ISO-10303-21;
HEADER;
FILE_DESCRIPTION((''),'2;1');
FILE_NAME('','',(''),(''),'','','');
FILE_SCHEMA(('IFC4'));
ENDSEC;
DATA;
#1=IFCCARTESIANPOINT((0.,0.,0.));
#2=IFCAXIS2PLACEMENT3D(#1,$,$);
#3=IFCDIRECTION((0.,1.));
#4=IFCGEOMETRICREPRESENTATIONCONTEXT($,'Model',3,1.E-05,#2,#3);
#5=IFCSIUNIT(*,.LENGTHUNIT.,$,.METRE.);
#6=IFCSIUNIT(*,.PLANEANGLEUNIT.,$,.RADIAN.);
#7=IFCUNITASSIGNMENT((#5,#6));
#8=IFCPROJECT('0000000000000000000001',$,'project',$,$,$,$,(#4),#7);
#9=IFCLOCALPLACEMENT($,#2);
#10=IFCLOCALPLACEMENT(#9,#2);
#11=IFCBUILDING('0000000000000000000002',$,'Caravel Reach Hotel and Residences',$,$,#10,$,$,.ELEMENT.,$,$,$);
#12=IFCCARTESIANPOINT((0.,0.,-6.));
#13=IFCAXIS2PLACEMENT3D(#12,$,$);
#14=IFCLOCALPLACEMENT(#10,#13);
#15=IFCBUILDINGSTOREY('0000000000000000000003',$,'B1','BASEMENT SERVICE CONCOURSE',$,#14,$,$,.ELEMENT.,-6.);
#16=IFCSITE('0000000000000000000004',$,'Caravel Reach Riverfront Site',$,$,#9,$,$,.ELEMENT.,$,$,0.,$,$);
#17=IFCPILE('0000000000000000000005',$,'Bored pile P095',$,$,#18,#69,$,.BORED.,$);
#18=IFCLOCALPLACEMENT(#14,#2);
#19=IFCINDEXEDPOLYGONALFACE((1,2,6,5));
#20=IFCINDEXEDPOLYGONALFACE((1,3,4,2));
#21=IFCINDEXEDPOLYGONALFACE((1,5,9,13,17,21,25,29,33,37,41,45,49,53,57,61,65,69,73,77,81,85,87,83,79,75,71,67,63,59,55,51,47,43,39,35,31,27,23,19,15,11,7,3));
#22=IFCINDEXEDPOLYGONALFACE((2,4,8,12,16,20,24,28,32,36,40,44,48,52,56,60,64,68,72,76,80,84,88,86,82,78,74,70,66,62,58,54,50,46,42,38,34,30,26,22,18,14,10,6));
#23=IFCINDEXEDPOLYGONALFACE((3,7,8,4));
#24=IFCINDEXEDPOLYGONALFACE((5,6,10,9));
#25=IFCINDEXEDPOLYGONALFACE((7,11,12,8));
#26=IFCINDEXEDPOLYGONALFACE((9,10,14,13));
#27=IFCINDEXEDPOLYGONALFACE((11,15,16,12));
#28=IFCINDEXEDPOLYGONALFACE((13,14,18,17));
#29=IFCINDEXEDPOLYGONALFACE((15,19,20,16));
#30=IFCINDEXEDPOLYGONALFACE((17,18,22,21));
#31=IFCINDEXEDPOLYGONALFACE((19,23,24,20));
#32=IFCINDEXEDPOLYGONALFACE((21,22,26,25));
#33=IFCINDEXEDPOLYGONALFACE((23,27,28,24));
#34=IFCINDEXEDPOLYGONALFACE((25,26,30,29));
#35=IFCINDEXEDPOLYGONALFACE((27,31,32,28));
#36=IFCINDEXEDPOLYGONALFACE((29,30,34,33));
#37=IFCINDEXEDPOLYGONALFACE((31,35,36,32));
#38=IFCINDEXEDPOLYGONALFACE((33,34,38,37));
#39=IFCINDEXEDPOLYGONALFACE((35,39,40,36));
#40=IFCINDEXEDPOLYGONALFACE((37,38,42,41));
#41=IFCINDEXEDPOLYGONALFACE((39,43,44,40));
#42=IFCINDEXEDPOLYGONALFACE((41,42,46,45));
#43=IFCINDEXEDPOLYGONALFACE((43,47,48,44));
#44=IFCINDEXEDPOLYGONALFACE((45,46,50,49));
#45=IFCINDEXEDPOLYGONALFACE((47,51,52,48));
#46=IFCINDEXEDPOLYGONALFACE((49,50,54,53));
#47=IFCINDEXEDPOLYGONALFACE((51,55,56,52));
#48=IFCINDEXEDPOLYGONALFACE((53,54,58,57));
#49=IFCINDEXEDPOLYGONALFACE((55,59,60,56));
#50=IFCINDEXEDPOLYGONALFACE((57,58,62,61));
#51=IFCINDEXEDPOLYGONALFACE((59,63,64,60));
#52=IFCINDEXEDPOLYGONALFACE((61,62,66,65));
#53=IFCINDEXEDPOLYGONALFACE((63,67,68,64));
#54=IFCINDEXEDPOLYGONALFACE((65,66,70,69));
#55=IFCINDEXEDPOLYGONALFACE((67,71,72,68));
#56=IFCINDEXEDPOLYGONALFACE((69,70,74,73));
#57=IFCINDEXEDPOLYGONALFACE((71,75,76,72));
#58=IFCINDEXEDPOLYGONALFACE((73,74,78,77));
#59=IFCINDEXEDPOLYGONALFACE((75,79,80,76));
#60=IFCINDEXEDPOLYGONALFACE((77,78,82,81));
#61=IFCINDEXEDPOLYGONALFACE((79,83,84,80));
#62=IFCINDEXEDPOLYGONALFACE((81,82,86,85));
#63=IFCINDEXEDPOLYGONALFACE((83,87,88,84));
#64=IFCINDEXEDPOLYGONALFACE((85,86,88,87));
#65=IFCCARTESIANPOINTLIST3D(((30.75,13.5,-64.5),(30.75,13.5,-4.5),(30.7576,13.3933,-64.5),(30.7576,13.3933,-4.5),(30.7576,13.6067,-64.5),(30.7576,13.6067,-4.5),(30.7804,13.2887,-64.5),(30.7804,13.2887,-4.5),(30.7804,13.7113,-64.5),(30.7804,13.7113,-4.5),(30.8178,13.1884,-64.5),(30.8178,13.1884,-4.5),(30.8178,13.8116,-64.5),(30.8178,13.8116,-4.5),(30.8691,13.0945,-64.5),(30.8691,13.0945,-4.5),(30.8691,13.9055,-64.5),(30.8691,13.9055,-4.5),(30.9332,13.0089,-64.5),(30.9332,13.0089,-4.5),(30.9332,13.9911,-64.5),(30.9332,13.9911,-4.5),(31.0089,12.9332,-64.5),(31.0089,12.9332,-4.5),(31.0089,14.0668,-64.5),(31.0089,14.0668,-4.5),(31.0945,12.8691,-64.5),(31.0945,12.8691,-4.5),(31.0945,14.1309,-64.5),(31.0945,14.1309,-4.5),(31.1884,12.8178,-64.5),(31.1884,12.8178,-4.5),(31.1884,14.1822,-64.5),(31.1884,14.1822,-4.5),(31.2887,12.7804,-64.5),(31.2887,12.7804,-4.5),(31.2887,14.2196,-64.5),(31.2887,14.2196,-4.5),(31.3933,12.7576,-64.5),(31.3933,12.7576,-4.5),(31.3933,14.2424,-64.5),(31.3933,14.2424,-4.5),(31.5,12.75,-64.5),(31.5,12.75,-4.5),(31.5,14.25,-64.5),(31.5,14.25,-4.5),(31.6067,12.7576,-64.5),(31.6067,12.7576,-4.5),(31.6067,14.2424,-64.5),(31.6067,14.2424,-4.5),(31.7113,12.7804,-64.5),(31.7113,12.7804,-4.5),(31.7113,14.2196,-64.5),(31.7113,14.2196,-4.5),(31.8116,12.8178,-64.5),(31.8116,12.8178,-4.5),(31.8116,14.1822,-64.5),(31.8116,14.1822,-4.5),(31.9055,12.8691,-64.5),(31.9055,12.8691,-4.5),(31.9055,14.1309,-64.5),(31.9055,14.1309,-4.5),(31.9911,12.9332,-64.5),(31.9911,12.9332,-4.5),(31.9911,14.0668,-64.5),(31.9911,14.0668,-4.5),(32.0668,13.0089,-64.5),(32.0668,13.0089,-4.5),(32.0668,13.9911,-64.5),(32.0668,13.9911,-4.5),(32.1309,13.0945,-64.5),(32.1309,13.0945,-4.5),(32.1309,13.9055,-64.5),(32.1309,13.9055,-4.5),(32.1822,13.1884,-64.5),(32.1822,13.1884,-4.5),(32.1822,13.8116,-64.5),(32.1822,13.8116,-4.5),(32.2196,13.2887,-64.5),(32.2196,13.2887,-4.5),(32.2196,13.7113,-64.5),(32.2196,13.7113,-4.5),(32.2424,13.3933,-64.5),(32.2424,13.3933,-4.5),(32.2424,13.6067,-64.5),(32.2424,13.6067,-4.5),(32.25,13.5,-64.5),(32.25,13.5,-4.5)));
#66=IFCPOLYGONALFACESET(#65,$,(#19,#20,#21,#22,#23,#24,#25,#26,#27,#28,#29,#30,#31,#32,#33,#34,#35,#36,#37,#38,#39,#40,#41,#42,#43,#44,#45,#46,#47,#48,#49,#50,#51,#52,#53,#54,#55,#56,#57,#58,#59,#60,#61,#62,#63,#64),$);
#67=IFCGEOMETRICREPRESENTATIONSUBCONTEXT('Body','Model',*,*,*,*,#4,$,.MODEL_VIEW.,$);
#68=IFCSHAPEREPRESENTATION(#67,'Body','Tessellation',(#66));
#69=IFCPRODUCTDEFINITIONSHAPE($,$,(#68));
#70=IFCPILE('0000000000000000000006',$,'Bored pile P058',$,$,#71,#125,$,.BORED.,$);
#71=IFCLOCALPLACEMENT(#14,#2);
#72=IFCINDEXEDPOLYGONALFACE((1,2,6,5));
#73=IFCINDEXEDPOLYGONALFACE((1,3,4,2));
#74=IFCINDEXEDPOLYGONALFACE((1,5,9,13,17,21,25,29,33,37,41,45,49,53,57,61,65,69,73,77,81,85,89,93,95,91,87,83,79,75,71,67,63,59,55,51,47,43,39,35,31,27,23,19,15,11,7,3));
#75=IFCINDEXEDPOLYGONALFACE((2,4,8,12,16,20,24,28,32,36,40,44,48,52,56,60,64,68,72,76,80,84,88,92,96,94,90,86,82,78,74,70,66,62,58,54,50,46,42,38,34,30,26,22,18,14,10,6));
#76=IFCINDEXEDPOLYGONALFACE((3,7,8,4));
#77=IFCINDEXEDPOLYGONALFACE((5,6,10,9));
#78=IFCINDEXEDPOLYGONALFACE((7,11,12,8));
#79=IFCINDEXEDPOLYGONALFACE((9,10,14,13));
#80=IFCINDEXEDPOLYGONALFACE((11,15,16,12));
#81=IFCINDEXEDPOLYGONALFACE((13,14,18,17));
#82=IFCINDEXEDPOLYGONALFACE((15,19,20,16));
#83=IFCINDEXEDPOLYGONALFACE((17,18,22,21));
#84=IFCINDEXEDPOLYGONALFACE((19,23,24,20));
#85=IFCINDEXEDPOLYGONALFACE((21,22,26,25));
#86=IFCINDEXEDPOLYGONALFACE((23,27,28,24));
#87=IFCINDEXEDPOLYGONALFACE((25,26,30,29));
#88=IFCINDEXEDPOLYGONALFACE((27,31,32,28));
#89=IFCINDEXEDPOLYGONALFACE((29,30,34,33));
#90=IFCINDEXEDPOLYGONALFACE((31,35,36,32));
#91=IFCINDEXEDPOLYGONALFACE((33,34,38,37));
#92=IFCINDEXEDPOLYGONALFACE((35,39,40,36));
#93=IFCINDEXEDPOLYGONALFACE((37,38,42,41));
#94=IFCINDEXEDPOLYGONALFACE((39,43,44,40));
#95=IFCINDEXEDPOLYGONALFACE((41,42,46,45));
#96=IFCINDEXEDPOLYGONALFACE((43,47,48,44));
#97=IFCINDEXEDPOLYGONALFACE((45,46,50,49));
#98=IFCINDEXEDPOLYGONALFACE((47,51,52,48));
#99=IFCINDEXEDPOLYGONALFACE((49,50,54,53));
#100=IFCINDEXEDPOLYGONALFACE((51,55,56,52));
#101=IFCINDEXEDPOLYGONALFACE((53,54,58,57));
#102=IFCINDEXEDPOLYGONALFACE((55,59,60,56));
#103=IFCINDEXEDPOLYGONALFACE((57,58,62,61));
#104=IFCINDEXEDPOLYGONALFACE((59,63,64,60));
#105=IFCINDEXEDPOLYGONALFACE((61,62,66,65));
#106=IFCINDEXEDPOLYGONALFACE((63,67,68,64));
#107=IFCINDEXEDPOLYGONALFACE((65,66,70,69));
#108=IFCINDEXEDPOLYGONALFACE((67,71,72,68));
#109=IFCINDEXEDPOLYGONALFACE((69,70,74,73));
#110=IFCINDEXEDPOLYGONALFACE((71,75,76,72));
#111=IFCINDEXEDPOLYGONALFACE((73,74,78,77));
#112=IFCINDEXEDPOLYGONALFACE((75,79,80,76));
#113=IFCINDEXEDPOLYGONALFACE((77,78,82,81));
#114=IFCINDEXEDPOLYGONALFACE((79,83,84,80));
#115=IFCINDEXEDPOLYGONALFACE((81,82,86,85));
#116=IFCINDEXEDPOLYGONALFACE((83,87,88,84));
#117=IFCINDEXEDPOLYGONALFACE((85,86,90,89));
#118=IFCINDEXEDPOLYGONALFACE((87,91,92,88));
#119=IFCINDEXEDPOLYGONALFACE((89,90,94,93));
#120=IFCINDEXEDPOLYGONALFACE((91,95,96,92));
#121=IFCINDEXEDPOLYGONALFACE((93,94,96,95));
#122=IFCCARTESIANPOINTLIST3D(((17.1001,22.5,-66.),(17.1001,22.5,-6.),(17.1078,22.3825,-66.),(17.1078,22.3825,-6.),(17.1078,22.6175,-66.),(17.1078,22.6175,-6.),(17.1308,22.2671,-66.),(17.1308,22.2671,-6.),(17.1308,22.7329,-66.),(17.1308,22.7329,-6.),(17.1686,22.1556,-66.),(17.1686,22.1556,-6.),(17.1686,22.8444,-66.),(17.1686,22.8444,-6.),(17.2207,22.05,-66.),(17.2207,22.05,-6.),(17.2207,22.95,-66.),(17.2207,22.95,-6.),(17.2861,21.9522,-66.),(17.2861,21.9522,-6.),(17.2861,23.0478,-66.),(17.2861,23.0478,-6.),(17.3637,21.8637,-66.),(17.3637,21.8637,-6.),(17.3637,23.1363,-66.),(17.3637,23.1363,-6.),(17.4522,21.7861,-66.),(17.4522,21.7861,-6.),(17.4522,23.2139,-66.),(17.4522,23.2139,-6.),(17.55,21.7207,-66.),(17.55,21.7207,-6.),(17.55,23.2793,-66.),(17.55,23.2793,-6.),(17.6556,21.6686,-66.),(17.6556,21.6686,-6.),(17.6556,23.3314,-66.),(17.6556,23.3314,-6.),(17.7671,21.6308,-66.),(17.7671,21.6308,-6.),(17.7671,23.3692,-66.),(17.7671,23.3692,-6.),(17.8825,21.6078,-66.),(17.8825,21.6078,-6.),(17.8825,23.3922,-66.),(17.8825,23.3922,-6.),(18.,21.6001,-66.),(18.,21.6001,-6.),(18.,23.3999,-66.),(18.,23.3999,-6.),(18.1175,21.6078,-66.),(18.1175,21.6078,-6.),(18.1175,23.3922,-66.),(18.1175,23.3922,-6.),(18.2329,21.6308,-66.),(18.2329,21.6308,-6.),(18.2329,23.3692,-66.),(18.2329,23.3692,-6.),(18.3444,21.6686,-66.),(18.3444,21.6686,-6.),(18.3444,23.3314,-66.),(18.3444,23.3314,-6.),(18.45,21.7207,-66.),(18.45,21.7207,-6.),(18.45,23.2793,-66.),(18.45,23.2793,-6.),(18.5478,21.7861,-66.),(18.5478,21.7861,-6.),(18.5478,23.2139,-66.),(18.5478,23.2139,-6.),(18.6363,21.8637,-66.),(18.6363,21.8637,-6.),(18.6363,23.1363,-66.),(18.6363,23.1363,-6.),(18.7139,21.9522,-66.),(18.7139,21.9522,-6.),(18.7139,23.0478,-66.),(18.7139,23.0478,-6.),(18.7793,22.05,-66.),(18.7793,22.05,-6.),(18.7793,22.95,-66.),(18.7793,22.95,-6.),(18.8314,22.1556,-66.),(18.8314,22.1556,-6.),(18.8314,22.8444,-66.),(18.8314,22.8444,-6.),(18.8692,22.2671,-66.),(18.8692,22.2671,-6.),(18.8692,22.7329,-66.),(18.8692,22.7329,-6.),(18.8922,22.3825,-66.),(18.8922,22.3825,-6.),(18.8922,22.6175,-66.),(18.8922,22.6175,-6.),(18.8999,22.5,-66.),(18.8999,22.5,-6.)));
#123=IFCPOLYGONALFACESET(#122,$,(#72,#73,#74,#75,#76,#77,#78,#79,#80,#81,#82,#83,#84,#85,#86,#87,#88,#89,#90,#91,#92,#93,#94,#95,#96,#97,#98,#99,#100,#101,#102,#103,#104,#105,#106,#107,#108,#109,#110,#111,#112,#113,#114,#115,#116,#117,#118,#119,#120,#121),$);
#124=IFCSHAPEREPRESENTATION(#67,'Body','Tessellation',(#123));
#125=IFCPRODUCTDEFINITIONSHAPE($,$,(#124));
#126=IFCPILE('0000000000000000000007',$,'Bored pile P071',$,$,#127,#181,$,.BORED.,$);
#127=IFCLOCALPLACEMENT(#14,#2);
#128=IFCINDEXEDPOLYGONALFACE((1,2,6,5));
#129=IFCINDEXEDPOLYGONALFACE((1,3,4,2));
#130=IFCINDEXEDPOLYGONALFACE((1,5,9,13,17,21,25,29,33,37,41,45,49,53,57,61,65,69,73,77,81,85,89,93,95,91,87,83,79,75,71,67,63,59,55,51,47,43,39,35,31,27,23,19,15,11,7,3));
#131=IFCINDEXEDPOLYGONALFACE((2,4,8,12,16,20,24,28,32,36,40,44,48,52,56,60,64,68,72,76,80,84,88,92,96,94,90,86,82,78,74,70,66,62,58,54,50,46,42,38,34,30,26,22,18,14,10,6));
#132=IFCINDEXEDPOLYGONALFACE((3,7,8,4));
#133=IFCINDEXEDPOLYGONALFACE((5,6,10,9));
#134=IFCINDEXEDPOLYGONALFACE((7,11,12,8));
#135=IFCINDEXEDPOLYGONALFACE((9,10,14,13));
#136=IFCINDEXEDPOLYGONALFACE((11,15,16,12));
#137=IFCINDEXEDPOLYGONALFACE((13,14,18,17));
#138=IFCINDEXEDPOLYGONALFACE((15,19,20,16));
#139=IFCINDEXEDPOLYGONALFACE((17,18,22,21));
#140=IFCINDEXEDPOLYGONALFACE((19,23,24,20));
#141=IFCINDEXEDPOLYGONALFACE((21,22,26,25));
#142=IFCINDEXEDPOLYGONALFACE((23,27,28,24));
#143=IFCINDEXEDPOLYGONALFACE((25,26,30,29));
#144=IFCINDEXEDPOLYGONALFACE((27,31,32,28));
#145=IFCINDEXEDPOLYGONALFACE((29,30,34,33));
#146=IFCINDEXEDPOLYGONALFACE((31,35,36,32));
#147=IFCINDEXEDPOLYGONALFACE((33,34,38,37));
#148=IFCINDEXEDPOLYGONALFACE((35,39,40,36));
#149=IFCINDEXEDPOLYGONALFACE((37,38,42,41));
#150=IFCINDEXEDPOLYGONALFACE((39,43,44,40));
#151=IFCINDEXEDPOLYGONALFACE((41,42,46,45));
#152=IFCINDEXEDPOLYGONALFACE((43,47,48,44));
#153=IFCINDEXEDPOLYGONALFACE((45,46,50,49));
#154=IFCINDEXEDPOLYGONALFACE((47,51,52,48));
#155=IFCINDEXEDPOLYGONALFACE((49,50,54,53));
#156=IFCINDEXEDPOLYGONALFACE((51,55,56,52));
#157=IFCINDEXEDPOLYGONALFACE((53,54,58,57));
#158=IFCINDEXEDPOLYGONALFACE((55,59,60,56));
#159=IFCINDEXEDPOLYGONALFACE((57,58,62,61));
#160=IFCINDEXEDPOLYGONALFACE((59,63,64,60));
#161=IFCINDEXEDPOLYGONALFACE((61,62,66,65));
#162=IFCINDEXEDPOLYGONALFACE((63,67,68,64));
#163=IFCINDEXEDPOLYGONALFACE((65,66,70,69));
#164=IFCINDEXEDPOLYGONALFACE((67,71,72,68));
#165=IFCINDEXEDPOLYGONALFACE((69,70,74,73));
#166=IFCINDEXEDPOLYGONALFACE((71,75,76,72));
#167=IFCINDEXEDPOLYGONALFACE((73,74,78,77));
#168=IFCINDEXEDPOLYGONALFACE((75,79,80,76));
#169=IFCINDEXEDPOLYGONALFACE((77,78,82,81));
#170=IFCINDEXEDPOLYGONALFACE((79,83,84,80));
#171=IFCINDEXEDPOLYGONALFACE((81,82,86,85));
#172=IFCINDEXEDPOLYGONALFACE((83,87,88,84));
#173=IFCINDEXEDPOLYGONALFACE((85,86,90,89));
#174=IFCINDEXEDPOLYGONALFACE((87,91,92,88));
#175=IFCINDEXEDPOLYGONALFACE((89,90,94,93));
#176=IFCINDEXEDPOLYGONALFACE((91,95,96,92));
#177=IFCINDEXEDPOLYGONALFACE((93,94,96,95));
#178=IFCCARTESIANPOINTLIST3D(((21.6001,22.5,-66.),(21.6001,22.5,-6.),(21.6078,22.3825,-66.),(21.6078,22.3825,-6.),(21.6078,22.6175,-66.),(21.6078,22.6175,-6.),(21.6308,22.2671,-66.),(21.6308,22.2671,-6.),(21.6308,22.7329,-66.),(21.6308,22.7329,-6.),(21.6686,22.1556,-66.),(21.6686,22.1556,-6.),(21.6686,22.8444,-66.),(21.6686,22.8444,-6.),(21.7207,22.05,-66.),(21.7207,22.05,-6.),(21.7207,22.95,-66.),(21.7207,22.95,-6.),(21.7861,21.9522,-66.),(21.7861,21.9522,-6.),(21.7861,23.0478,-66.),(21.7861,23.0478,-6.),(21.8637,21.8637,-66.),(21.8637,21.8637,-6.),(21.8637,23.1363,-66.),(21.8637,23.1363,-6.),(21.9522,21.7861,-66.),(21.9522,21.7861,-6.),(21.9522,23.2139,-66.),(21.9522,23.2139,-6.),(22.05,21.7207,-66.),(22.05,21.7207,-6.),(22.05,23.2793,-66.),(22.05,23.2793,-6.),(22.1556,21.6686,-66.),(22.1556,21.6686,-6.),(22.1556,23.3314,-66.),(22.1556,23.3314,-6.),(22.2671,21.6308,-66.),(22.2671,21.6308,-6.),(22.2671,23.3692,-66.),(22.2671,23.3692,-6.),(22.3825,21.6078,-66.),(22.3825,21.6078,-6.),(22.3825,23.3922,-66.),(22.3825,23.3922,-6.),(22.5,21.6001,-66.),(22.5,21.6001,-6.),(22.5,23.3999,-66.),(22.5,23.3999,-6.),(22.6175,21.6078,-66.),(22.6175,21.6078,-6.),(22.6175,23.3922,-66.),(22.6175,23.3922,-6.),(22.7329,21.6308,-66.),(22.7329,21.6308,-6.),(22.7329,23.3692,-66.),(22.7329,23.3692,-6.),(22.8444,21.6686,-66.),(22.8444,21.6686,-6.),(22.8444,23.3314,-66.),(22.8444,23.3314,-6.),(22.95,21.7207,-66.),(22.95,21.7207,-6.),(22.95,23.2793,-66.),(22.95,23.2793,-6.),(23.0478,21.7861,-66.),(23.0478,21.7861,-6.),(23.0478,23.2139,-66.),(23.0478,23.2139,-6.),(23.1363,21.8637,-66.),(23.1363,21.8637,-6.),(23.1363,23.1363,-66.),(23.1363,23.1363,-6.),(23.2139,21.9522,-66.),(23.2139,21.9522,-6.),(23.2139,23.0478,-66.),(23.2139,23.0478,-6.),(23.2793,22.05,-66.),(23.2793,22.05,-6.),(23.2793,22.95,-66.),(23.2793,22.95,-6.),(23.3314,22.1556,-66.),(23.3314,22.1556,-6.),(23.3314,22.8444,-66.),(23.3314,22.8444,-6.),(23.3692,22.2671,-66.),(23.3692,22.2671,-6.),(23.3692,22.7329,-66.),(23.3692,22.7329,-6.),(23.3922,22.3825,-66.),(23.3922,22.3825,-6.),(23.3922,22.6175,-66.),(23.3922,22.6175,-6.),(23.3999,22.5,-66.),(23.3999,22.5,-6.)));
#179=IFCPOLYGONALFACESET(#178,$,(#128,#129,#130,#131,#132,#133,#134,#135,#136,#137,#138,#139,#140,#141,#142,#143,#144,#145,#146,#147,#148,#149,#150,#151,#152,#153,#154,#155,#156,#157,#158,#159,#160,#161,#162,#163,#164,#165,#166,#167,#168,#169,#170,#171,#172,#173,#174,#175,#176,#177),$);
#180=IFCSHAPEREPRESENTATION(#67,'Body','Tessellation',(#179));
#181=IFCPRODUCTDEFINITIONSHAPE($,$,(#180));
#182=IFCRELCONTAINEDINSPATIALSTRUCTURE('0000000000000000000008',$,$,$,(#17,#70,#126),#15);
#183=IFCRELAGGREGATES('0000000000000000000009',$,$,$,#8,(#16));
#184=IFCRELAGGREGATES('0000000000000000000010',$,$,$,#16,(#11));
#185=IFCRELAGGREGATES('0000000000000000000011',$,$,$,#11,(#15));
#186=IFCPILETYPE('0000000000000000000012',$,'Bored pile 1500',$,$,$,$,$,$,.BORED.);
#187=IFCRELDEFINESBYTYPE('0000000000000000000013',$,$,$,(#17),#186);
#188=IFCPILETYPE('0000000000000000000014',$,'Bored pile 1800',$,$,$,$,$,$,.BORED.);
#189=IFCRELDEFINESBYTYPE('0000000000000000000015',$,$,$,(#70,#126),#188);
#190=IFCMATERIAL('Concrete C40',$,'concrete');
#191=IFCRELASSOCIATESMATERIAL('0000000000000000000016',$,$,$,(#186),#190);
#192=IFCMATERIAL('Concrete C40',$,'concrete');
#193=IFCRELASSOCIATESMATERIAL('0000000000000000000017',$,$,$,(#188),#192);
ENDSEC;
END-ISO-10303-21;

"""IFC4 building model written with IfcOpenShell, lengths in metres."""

from ifc_helpers import new_model, si_unit, direction, frame, origin, origin_2d, place, context, subcontext, project, spatial, circle, extrude, material, material_profile, profile_set, type_object, element, save


model = new_model("IFC4")

# Units and contexts
model_context = context("Model", 3, precision=1e-05, world=origin(), true_north=direction((0.0, 1.0)))
body_context = subcontext(model_context, "Body", "Model", "MODEL_VIEW")
ifc_project = project(units=[si_unit("LENGTHUNIT", "METRE"), si_unit("PLANEANGLEUNIT", "RADIAN")], contexts=[model_context])

# Site, building, storey
site_placement = place(None, origin())
site = spatial("IfcSite", under=ifc_project, at=site_placement, Name="Caravel Reach Riverfront Site", CompositionType="ELEMENT", RefElevation=0.0)
building_placement = place(site_placement, origin())
building = spatial("IfcBuilding", under=site, at=building_placement, Name="Caravel Reach Hotel and Residences", CompositionType="ELEMENT")
storey_placement = place(building_placement, frame((0.0, 0.0, -6.0)))
storey = spatial("IfcBuildingStorey", under=building, at=storey_placement, Name="B1", Description="BASEMENT SERVICE CONCOURSE", CompositionType="ELEMENT", Elevation=-6.0)

# Piles
ifc_material_1 = material(Name="Concrete C40", Category="concrete")
ifc_material_profile_1 = material_profile(ifc_material_1, circle(Radius=0.75, at=origin_2d()), Name="PILE 1500")
ifc_profile_set_1 = profile_set([ifc_material_profile_1], Name="Concrete C40")
pile_type_1 = type_object("IfcPileType", Name="Bored pile 1500", PredefinedType="BORED", material=ifc_profile_set_1)
for number, where, z_axis, x_axis, name in (
    (1, (31.5, 13.5, -4.5), (0.0, 0.0, -1.0), (1.0, 0.0, 0.0), "Bored pile P095"),
):
    element("IfcPile", number, at=place(storey_placement, frame(where, z_axis=z_axis, x_axis=x_axis)), inside=storey, type_object=pile_type_1, Name=name, PredefinedType="BORED", context=body_context, shape_type="SweptSolid", body=[
        extrude(circle(Radius=0.75, at=origin_2d()), origin(), (0.0, 0.0, 1.0), 60.0),
    ])
ifc_material_2 = material(Name="Concrete C40", Category="concrete")
ifc_material_profile_2 = material_profile(ifc_material_2, circle(Radius=0.8999, at=origin_2d()), Name="PILE 1800")
ifc_profile_set_2 = profile_set([ifc_material_profile_2], Name="Concrete C40")
pile_type_2 = type_object("IfcPileType", Name="Bored pile 1800", PredefinedType="BORED", material=ifc_profile_set_2)
for number, where, z_axis, x_axis, name in (
    (2, (18.0, 22.5, -6.0), (0.0, 0.0, -1.0), (1.0, 0.0, 0.0), "Bored pile P058"),
    (3, (22.5, 22.5, -6.0), (0.0, 0.0, -1.0), (1.0, 0.0, 0.0), "Bored pile P071"),
):
    element("IfcPile", number, at=place(storey_placement, frame(where, z_axis=z_axis, x_axis=x_axis)), inside=storey, type_object=pile_type_2, Name=name, PredefinedType="BORED", context=body_context, shape_type="SweptSolid", body=[
        extrude(circle(Radius=0.8999, at=origin_2d()), origin(), (0.0, 0.0, 1.0), 60.0),
    ])

save(model, "model.ifc")
